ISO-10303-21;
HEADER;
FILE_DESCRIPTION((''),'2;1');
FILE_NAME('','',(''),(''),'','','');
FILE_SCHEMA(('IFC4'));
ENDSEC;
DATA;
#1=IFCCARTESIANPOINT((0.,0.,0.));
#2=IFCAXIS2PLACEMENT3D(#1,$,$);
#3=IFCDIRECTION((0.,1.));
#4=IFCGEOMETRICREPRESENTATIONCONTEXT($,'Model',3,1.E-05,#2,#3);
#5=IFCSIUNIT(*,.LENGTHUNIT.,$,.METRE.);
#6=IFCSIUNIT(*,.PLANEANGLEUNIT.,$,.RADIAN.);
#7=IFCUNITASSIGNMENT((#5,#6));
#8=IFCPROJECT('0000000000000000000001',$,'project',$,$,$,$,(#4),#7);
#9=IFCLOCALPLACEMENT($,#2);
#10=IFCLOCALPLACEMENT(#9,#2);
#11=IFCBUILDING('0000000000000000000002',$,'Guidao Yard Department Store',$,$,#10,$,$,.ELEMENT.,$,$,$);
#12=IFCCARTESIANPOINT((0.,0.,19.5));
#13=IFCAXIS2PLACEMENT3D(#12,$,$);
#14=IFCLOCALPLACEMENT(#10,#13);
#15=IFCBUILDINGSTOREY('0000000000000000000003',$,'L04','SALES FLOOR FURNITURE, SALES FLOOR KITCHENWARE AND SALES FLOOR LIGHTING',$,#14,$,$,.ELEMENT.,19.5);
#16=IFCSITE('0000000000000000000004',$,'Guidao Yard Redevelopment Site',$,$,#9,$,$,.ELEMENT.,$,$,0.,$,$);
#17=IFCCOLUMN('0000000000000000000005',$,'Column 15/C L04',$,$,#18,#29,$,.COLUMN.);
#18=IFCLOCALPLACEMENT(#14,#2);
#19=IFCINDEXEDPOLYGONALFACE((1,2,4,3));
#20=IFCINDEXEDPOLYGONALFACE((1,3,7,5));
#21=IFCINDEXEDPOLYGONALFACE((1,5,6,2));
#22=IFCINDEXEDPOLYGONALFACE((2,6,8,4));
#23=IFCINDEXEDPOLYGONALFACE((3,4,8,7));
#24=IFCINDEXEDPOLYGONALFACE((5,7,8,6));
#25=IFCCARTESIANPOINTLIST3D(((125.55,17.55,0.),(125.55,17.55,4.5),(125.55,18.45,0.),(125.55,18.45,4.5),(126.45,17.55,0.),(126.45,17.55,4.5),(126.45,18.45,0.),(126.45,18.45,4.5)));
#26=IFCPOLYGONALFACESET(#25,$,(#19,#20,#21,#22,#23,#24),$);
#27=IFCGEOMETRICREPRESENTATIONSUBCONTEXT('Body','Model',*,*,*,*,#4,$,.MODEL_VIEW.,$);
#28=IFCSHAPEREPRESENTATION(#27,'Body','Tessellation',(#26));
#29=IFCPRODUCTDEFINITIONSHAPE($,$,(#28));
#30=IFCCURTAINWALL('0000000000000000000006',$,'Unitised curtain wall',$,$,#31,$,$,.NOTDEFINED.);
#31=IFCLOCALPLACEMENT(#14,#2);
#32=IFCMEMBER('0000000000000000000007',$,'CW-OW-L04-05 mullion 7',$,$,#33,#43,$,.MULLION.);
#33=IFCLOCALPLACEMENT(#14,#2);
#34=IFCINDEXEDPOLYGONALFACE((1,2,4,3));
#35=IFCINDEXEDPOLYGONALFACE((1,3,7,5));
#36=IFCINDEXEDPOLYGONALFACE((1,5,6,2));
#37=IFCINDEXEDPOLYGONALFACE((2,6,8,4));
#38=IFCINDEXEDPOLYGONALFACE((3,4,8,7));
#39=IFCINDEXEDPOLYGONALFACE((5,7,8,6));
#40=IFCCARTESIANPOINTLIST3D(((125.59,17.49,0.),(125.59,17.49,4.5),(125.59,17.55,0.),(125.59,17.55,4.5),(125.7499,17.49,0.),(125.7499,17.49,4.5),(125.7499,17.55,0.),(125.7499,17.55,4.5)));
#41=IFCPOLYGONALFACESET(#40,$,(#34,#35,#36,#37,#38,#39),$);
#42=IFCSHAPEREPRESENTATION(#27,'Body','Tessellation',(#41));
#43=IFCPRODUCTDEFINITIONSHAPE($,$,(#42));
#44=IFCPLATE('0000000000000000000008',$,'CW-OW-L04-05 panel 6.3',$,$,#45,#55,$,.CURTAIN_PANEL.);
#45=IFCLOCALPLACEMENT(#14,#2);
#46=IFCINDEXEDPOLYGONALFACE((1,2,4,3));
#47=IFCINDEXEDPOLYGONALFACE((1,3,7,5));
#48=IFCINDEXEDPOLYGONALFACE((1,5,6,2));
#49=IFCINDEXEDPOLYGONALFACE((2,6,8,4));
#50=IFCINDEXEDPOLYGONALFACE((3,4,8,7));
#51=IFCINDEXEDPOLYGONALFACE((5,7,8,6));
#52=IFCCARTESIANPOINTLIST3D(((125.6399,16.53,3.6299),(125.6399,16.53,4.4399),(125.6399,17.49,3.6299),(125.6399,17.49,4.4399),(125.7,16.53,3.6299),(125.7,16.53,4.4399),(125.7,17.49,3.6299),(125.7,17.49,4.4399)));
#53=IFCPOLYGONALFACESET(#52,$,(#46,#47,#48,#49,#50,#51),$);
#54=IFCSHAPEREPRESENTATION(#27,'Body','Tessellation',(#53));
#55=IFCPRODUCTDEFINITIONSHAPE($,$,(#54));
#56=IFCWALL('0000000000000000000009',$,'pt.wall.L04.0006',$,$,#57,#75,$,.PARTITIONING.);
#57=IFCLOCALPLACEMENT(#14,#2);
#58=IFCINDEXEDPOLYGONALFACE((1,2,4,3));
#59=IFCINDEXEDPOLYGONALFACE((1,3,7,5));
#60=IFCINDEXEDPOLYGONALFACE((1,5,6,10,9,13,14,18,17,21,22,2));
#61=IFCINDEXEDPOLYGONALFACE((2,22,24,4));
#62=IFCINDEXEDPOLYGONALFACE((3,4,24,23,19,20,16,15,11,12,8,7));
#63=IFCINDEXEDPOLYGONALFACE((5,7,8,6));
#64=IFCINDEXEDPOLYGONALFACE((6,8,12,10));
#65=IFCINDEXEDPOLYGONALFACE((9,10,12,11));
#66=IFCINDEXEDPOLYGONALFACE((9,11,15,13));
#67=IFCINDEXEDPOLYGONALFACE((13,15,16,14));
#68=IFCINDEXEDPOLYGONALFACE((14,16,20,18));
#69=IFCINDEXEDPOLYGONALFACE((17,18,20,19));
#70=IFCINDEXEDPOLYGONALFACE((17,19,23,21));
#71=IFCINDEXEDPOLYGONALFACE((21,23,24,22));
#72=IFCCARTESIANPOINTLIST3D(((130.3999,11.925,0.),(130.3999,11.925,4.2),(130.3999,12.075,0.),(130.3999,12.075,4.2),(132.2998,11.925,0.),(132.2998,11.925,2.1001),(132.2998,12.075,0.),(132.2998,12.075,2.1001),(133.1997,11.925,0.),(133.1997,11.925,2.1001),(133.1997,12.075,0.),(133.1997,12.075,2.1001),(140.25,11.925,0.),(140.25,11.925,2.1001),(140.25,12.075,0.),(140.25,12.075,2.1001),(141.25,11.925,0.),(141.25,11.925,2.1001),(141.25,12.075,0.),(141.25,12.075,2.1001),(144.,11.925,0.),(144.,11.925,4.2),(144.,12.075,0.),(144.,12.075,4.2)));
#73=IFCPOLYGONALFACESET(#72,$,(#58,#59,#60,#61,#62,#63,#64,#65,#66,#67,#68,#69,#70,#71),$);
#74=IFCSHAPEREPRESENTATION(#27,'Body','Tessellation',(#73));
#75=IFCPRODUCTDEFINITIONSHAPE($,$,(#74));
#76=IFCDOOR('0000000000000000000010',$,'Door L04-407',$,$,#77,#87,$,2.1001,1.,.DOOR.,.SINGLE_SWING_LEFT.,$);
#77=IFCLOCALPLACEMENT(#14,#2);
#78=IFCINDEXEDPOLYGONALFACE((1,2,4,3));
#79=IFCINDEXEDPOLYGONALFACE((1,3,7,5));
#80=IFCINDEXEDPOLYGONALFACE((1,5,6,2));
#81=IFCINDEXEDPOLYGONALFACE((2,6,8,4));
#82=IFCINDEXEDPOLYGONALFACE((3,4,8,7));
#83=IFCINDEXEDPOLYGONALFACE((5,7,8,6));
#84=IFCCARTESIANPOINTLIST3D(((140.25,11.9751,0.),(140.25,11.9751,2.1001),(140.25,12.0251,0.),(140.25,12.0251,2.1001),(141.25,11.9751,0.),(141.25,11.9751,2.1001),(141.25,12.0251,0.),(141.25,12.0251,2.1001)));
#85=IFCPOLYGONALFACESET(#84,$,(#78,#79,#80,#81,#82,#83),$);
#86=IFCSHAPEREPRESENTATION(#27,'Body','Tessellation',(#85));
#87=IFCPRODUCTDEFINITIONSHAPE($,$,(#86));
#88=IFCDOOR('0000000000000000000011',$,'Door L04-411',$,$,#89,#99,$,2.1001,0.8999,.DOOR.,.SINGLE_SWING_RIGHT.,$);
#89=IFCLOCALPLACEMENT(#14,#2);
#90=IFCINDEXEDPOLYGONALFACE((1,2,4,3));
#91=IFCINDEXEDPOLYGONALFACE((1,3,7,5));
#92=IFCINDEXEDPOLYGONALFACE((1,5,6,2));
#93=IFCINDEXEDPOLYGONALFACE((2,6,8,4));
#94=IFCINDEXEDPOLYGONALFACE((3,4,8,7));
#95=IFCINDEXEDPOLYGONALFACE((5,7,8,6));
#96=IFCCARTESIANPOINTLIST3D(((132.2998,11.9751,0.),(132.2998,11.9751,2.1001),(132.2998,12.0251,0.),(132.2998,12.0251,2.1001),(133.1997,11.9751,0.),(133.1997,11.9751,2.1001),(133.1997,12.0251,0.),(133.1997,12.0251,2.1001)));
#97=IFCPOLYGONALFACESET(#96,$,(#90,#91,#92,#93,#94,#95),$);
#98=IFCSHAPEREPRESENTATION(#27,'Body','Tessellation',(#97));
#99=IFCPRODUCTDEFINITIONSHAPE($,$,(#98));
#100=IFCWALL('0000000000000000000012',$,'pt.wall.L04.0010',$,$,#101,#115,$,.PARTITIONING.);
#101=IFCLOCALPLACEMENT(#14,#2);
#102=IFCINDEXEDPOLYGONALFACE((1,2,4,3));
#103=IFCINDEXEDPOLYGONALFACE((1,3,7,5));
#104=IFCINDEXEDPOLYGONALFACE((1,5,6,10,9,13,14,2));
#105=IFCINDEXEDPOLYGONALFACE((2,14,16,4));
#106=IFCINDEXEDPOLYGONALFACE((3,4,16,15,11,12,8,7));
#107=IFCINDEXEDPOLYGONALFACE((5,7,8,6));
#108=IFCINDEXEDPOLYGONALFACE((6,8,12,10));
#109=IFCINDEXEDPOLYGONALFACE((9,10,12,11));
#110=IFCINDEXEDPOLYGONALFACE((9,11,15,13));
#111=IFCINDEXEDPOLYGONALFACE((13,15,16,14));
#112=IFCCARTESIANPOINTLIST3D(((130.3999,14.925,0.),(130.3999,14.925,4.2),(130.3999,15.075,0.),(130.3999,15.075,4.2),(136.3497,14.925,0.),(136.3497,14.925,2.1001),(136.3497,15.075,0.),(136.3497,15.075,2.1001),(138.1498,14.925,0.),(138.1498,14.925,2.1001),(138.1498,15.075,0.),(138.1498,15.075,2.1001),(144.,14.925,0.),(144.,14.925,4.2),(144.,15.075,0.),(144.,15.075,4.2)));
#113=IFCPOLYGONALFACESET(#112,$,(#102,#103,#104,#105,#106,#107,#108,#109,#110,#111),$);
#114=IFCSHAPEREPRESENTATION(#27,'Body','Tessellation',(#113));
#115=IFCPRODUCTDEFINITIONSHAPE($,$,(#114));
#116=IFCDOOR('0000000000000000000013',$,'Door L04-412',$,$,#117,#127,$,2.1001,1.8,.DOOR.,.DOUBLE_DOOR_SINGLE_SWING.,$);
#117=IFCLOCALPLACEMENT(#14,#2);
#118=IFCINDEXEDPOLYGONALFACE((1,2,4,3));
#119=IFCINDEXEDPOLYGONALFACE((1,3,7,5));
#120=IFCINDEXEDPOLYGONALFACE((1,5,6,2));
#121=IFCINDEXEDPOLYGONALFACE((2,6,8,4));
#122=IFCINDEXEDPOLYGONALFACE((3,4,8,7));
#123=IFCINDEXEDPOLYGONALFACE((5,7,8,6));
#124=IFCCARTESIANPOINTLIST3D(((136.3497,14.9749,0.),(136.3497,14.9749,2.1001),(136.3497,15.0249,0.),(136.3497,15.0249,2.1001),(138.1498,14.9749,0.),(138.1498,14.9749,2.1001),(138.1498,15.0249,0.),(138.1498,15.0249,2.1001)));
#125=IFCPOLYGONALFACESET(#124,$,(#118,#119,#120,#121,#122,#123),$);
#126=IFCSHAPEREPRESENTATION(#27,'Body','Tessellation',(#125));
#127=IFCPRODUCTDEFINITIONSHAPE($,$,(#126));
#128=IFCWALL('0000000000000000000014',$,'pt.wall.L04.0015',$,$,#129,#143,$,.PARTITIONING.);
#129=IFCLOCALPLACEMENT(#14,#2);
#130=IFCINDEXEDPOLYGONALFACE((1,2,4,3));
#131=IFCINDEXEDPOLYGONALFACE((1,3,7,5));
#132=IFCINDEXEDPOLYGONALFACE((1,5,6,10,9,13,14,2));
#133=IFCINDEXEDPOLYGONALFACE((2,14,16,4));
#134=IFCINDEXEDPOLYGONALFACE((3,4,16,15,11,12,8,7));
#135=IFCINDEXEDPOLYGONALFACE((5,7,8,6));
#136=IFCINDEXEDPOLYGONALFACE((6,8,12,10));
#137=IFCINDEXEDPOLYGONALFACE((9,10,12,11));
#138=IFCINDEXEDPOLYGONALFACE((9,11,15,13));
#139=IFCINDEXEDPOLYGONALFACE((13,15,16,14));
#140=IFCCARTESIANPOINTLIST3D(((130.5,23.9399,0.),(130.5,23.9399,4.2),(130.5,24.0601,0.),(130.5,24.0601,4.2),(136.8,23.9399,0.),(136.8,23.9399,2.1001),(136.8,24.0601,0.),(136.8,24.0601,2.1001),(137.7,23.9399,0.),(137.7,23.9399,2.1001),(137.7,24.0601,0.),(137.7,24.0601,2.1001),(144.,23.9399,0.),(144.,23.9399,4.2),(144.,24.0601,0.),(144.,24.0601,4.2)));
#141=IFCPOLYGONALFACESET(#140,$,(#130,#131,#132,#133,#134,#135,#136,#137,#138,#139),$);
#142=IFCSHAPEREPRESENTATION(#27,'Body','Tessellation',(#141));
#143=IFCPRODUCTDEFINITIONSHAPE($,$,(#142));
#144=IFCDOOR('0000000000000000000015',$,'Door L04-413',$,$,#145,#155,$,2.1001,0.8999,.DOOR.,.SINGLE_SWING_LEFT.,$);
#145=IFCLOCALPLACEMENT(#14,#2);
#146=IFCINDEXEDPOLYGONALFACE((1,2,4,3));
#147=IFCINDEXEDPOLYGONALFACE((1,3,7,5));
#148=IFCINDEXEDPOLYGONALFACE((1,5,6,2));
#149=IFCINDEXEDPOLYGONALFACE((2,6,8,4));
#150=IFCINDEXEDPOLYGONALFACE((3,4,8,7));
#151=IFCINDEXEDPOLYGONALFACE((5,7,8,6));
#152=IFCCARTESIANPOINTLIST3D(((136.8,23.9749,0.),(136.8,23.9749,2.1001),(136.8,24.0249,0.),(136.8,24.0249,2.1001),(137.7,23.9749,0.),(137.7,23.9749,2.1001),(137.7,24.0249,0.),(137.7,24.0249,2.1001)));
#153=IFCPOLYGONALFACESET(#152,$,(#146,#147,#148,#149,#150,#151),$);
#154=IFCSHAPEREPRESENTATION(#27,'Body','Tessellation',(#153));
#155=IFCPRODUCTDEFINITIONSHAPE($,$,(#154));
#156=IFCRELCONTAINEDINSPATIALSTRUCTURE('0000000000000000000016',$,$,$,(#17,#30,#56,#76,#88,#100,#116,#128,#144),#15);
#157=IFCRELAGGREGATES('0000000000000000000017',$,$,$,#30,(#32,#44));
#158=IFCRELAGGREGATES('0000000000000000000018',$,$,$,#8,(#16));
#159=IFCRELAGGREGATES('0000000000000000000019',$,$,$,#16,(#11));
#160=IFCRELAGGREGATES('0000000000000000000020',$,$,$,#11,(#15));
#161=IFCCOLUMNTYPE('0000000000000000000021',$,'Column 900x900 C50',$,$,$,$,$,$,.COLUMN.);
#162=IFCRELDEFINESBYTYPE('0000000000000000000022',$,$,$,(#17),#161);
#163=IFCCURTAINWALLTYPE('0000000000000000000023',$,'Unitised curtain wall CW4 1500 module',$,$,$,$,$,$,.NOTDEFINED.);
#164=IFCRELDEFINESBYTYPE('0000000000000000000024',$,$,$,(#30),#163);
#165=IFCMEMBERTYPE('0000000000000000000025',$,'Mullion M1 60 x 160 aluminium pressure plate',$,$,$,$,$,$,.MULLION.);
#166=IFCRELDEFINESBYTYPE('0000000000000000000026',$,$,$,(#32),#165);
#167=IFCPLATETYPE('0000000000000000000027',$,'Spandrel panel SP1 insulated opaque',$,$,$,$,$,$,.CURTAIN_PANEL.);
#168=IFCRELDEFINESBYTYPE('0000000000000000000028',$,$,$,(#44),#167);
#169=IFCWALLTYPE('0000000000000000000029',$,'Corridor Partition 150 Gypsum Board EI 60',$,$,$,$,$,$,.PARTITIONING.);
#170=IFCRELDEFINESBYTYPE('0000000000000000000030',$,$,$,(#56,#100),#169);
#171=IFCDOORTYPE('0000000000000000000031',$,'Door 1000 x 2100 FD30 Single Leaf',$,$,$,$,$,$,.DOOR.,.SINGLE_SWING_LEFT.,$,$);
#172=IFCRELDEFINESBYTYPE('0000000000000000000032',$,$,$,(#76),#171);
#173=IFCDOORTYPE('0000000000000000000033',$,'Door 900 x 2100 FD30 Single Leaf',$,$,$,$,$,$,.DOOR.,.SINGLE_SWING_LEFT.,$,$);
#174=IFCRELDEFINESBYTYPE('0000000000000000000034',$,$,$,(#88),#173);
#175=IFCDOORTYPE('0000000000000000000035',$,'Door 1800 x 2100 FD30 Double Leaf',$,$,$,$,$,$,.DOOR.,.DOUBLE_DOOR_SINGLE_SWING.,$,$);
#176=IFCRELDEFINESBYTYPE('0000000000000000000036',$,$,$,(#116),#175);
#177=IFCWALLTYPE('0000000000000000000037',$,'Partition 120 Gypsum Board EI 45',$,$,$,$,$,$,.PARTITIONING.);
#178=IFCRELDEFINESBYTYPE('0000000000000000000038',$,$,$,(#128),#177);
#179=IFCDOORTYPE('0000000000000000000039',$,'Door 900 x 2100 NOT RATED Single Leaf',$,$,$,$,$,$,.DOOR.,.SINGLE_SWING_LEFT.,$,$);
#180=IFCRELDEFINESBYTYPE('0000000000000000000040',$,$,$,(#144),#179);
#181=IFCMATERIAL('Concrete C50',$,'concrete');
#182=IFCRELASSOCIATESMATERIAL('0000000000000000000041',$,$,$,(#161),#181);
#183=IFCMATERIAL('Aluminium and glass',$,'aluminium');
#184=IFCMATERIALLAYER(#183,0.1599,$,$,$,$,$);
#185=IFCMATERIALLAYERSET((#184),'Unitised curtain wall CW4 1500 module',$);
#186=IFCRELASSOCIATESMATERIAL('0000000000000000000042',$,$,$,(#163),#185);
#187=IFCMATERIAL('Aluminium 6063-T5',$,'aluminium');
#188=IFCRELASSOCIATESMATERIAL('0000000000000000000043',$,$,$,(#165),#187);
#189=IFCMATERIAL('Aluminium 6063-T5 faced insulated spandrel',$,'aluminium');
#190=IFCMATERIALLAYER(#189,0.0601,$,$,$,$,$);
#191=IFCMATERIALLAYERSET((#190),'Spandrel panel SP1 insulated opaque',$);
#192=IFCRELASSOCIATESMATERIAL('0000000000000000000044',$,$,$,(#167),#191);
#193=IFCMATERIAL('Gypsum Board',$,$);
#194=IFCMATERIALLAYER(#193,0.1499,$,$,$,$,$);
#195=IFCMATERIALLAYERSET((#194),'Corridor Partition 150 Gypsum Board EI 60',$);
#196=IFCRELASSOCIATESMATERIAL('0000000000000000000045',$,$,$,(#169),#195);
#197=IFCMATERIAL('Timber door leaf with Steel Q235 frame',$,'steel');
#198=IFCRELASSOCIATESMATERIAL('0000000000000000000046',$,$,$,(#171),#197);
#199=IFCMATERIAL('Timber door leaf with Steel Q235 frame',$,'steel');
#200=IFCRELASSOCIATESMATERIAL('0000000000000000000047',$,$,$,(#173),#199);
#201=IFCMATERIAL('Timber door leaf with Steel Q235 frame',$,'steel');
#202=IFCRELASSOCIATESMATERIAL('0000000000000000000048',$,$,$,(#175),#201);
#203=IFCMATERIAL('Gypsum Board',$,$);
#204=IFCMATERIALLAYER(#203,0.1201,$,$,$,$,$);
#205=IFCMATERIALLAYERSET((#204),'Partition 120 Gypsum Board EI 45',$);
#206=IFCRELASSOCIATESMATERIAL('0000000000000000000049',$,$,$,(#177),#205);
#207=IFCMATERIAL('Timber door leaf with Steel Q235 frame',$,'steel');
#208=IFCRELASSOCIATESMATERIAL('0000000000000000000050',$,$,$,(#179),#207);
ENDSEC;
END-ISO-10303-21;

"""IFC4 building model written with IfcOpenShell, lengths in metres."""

from ifc_helpers import new_model, si_unit, direction, frame, frame_2d, origin, origin_2d, place, context, subcontext, project, spatial, rectangle, extrude, material, layer, layer_set, material_profile, profile_set, type_object, element, fill, aggregate, save


model = new_model("IFC4")

# Units and contexts
model_context = context("Model", 3, precision=1e-05, world=origin(), true_north=direction((0.0, 1.0)))
body_context = subcontext(model_context, "Body", "Model", "MODEL_VIEW")
ifc_project = project(units=[si_unit("LENGTHUNIT", "METRE"), si_unit("PLANEANGLEUNIT", "RADIAN")], contexts=[model_context])

# Site, building, storey
site_placement = place(None, origin())
site = spatial("IfcSite", under=ifc_project, at=site_placement, Name="Guidao Yard Redevelopment Site", CompositionType="ELEMENT", RefElevation=0.0)
building_placement = place(site_placement, origin())
building = spatial("IfcBuilding", under=site, at=building_placement, Name="Guidao Yard Department Store", CompositionType="ELEMENT")
storey_placement = place(building_placement, frame((0.0, 0.0, 19.5)))
storey = spatial("IfcBuildingStorey", under=building, at=storey_placement, Name="L04", Description="SALES FLOOR FURNITURE, SALES FLOOR KITCHENWARE AND SALES FLOOR LIGHTING", CompositionType="ELEMENT", Elevation=19.5)

# Column
ifc_material_1 = material(Name="Concrete C50", Category="concrete")
ifc_material_profile_1 = material_profile(ifc_material_1, rectangle(XDim=0.8999, YDim=0.8999, at=origin_2d()), Name="COL 900x900")
ifc_profile_set_1 = profile_set([ifc_material_profile_1], Name="Concrete C50")
column_type = type_object("IfcColumnType", Name="Column 900x900 C50", PredefinedType="COLUMN", material=ifc_profile_set_1)
column_placement = place(storey_placement, frame((126.0, 18.0, 0.0), z_axis=(0.0, 0.0, 1.0), x_axis=(1.0, 0.0, 0.0)))
element("IfcColumn", 1, at=column_placement, inside=storey, type_object=column_type, Name="Column 15/C L04", PredefinedType="COLUMN", context=body_context, shape_type="SweptSolid", body=[
    extrude(rectangle(XDim=0.8999, YDim=0.8999, at=origin_2d()), origin(), (0.0, 0.0, 1.0), 4.5),
])

# Curtain wall, member, plate
ifc_material_2 = material(Name="Aluminium and glass", Category="aluminium")
ifc_layer_1 = layer(ifc_material_2, 0.1599)
ifc_layer_set_1 = layer_set([ifc_layer_1], Name="Unitised curtain wall CW4 1500 module")
curtain_wall_type = type_object("IfcCurtainWallType", Name="Unitised curtain wall CW4 1500 module", PredefinedType="NOTDEFINED", material=ifc_layer_set_1)
curtain_wall_placement = place(storey_placement, origin())
curtain_wall = element("IfcCurtainWall", 2, at=curtain_wall_placement, inside=storey, type_object=curtain_wall_type, Name="Unitised curtain wall", PredefinedType="NOTDEFINED")
ifc_material_3 = material(Name="Aluminium 6063-T5", Category="aluminium")
ifc_material_profile_2 = material_profile(ifc_material_3, rectangle(XDim=0.0601, YDim=0.1599, at=origin_2d()), Name="Mullion M1 60 x 160 aluminium pressure plate")
ifc_profile_set_2 = profile_set([ifc_material_profile_2], Name="Aluminium 6063-T5")
member_type = type_object("IfcMemberType", Name="Mullion M1 60 x 160 aluminium pressure plate", PredefinedType="MULLION", material=ifc_profile_set_2)
member_placement = place(storey_placement, frame((125.6699, 17.52, 0.0), z_axis=(0.0, 0.0, 1.0), x_axis=(0.0, 1.0, 0.0)))
member = element("IfcMember", 3, at=member_placement, type_object=member_type, Name="CW-OW-L04-05 mullion 7", PredefinedType="MULLION", context=body_context, shape_type="SweptSolid", body=[
    extrude(rectangle(XDim=0.0601, YDim=0.1599, at=origin_2d()), origin(), (0.0, 0.0, 1.0), 4.5),
])
ifc_material_4 = material(Name="Aluminium 6063-T5 faced insulated spandrel", Category="aluminium")
ifc_layer_2 = layer(ifc_material_4, 0.0601)
ifc_layer_set_2 = layer_set([ifc_layer_2], Name="Spandrel panel SP1 insulated opaque")
plate_type = type_object("IfcPlateType", Name="Spandrel panel SP1 insulated opaque", PredefinedType="CURTAIN_PANEL", material=ifc_layer_set_2)
plate_placement = place(storey_placement, frame((125.6699, 17.01, 3.6299), z_axis=(0.0, 0.0, 1.0), x_axis=(0.0, 1.0, 0.0)))
plate = element("IfcPlate", 4, at=plate_placement, type_object=plate_type, Name="CW-OW-L04-05 panel 6.3", PredefinedType="CURTAIN_PANEL", context=body_context, shape_type="SweptSolid", body=[
    extrude(rectangle(XDim=0.96, YDim=0.0601, at=origin_2d()), origin(), (0.0, 0.0, 1.0), 0.8101),
])
aggregate(curtain_wall, [member, plate])

# Wall, openings, doors
ifc_material_5 = material(Name="Gypsum Board")
ifc_layer_3 = layer(ifc_material_5, 0.1499)
ifc_layer_set_3 = layer_set([ifc_layer_3], Name="Corridor Partition 150 Gypsum Board EI 60")
wall_type_1 = type_object("IfcWallType", Name="Corridor Partition 150 Gypsum Board EI 60", PredefinedType="PARTITIONING", material=ifc_layer_set_3)
wall_1_placement = place(storey_placement, frame((130.3999, 12.0, 0.0), z_axis=(0.0, 0.0, 1.0), x_axis=(1.0, 0.0, 0.0)))
wall_1 = element("IfcWall", 5, at=wall_1_placement, inside=storey, type_object=wall_type_1, Name="pt.wall.L04.0006", PredefinedType="PARTITIONING", context=body_context, shape_type="SweptSolid", body=[
    extrude(rectangle(XDim=13.6001, YDim=0.1499, at=frame_2d((6.8, 0.0))), origin(), (0.0, 0.0, 1.0), 4.2),
])
opening_1_placement = place(wall_1_placement, frame((10.8501, 0.0, 0.0), z_axis=(0.0, 0.0, 1.0), x_axis=(-1.0, 0.0, 0.0)))
opening_1 = element("IfcOpeningElement", 6, at=opening_1_placement, cuts=wall_1, PredefinedType="OPENING", context=body_context, shape_type="SweptSolid", body=[
    extrude(rectangle(XDim=1.0, YDim=2.1001, at=frame_2d((0.5, 1.05))), frame((0.0, 0.085, 0.0), z_axis=(0.0, -1.0, 0.0), x_axis=(1.0, 0.0, 0.0)), (0.0, 0.0, 1.0), 0.1699),
])
opening_2_placement = place(wall_1_placement, frame((2.7998, 0.0, 0.0), z_axis=(0.0, 0.0, 1.0), x_axis=(-1.0, 0.0, 0.0)))
opening_2 = element("IfcOpeningElement", 7, at=opening_2_placement, cuts=wall_1, PredefinedType="OPENING", context=body_context, shape_type="SweptSolid", body=[
    extrude(rectangle(XDim=0.8999, YDim=2.1001, at=frame_2d((0.45, 1.05))), frame((0.0, 0.085, 0.0), z_axis=(0.0, -1.0, 0.0), x_axis=(1.0, 0.0, 0.0)), (0.0, 0.0, 1.0), 0.1699),
])
ifc_material_6 = material(Name="Timber door leaf with Steel Q235 frame", Category="steel")
door_type_1 = type_object("IfcDoorType", Name="Door 1000 x 2100 FD30 Single Leaf", OperationType="SINGLE_SWING_LEFT", PredefinedType="DOOR", material=ifc_material_6)
door_1_placement = place(opening_1_placement, origin())
door_1 = element("IfcDoor", 8, at=door_1_placement, inside=storey, type_object=door_type_1, Name="Door L04-407", OperationType="SINGLE_SWING_LEFT", OverallHeight=2.1001, OverallWidth=1.0, PredefinedType="DOOR", context=body_context, shape_type="SweptSolid", body=[
    extrude(rectangle(XDim=1.0, YDim=2.1001, at=frame_2d((0.5, 1.05))), frame((0.0, 0.0249, 0.0), z_axis=(0.0, -1.0, 0.0), x_axis=(1.0, 0.0, 0.0)), (0.0, 0.0, 1.0), 0.05),
])
fill(opening_1, door_1)
ifc_material_7 = material(Name="Timber door leaf with Steel Q235 frame", Category="steel")
door_type_2 = type_object("IfcDoorType", Name="Door 900 x 2100 FD30 Single Leaf", OperationType="SINGLE_SWING_LEFT", PredefinedType="DOOR", material=ifc_material_7)
door_2_placement = place(opening_2_placement, origin())
door_2 = element("IfcDoor", 9, at=door_2_placement, inside=storey, type_object=door_type_2, Name="Door L04-411", OperationType="SINGLE_SWING_RIGHT", OverallHeight=2.1001, OverallWidth=0.8999, PredefinedType="DOOR", context=body_context, shape_type="SweptSolid", body=[
    extrude(rectangle(XDim=0.8999, YDim=2.1001, at=frame_2d((0.45, 1.05))), frame((0.0, 0.0249, 0.0), z_axis=(0.0, -1.0, 0.0), x_axis=(1.0, 0.0, 0.0)), (0.0, 0.0, 1.0), 0.05),
])
fill(opening_2, door_2)

# Walls, openings, doors
wall_2_placement = place(storey_placement, frame((130.3999, 15.0, 0.0), z_axis=(0.0, 0.0, 1.0), x_axis=(1.0, 0.0, 0.0)))
wall_2 = element("IfcWall", 10, at=wall_2_placement, inside=storey, type_object=wall_type_1, Name="pt.wall.L04.0010", PredefinedType="PARTITIONING", context=body_context, shape_type="SweptSolid", body=[
    extrude(rectangle(XDim=13.6001, YDim=0.1499, at=frame_2d((6.8, 0.0))), origin(), (0.0, 0.0, 1.0), 4.2),
])
opening_3_placement = place(wall_2_placement, frame((5.95, 0.0, 0.0)))
opening_3 = element("IfcOpeningElement", 11, at=opening_3_placement, cuts=wall_2, PredefinedType="OPENING", context=body_context, shape_type="SweptSolid", body=[
    extrude(rectangle(XDim=1.8, YDim=2.1001, at=frame_2d((0.8999, 1.05))), frame((0.0, 0.085, 0.0), z_axis=(0.0, -1.0, 0.0), x_axis=(1.0, 0.0, 0.0)), (0.0, 0.0, 1.0), 0.1699),
])
ifc_material_8 = material(Name="Timber door leaf with Steel Q235 frame", Category="steel")
door_type_3 = type_object("IfcDoorType", Name="Door 1800 x 2100 FD30 Double Leaf", OperationType="DOUBLE_DOOR_SINGLE_SWING", PredefinedType="DOOR", material=ifc_material_8)
door_3_placement = place(opening_3_placement, origin())
door_3 = element("IfcDoor", 12, at=door_3_placement, inside=storey, type_object=door_type_3, Name="Door L04-412", OperationType="DOUBLE_DOOR_SINGLE_SWING", OverallHeight=2.1001, OverallWidth=1.8, PredefinedType="DOOR", context=body_context, shape_type="SweptSolid", body=[
    extrude(rectangle(XDim=1.8, YDim=2.1001, at=frame_2d((0.8999, 1.05))), frame((0.0, 0.0249, 0.0), z_axis=(0.0, -1.0, 0.0), x_axis=(1.0, 0.0, 0.0)), (0.0, 0.0, 1.0), 0.05),
])
fill(opening_3, door_3)
ifc_material_9 = material(Name="Gypsum Board")
ifc_layer_4 = layer(ifc_material_9, 0.1201)
ifc_layer_set_4 = layer_set([ifc_layer_4], Name="Partition 120 Gypsum Board EI 45")
wall_type_2 = type_object("IfcWallType", Name="Partition 120 Gypsum Board EI 45", PredefinedType="PARTITIONING", material=ifc_layer_set_4)
wall_3_placement = place(storey_placement, frame((130.5, 24.0, 0.0), z_axis=(0.0, 0.0, 1.0), x_axis=(1.0, 0.0, 0.0)))
wall_3 = element("IfcWall", 13, at=wall_3_placement, inside=storey, type_object=wall_type_2, Name="pt.wall.L04.0015", PredefinedType="PARTITIONING", context=body_context, shape_type="SweptSolid", body=[
    extrude(rectangle(XDim=13.5, YDim=0.1201, at=frame_2d((6.75, 0.0))), origin(), (0.0, 0.0, 1.0), 4.2),
])
opening_4_placement = place(wall_3_placement, frame((6.3, 0.0, 0.0)))
opening_4 = element("IfcOpeningElement", 14, at=opening_4_placement, cuts=wall_3, PredefinedType="OPENING", context=body_context, shape_type="SweptSolid", body=[
    extrude(rectangle(XDim=0.8999, YDim=2.1001, at=frame_2d((0.45, 1.05))), frame((0.0, 0.0701, 0.0), z_axis=(0.0, -1.0, 0.0), x_axis=(1.0, 0.0, 0.0)), (0.0, 0.0, 1.0), 0.1401),
])
ifc_material_10 = material(Name="Timber door leaf with Steel Q235 frame", Category="steel")
door_type_4 = type_object("IfcDoorType", Name="Door 900 x 2100 NOT RATED Single Leaf", OperationType="SINGLE_SWING_LEFT", PredefinedType="DOOR", material=ifc_material_10)
door_4_placement = place(opening_4_placement, origin())
door_4 = element("IfcDoor", 15, at=door_4_placement, inside=storey, type_object=door_type_4, Name="Door L04-413", OperationType="SINGLE_SWING_LEFT", OverallHeight=2.1001, OverallWidth=0.8999, PredefinedType="DOOR", context=body_context, shape_type="SweptSolid", body=[
    extrude(rectangle(XDim=0.8999, YDim=2.1001, at=frame_2d((0.45, 1.05))), frame((0.0, 0.0249, 0.0), z_axis=(0.0, -1.0, 0.0), x_axis=(1.0, 0.0, 0.0)), (0.0, 0.0, 1.0), 0.05),
])
fill(opening_4, door_4)

save(model, "model.ifc")
